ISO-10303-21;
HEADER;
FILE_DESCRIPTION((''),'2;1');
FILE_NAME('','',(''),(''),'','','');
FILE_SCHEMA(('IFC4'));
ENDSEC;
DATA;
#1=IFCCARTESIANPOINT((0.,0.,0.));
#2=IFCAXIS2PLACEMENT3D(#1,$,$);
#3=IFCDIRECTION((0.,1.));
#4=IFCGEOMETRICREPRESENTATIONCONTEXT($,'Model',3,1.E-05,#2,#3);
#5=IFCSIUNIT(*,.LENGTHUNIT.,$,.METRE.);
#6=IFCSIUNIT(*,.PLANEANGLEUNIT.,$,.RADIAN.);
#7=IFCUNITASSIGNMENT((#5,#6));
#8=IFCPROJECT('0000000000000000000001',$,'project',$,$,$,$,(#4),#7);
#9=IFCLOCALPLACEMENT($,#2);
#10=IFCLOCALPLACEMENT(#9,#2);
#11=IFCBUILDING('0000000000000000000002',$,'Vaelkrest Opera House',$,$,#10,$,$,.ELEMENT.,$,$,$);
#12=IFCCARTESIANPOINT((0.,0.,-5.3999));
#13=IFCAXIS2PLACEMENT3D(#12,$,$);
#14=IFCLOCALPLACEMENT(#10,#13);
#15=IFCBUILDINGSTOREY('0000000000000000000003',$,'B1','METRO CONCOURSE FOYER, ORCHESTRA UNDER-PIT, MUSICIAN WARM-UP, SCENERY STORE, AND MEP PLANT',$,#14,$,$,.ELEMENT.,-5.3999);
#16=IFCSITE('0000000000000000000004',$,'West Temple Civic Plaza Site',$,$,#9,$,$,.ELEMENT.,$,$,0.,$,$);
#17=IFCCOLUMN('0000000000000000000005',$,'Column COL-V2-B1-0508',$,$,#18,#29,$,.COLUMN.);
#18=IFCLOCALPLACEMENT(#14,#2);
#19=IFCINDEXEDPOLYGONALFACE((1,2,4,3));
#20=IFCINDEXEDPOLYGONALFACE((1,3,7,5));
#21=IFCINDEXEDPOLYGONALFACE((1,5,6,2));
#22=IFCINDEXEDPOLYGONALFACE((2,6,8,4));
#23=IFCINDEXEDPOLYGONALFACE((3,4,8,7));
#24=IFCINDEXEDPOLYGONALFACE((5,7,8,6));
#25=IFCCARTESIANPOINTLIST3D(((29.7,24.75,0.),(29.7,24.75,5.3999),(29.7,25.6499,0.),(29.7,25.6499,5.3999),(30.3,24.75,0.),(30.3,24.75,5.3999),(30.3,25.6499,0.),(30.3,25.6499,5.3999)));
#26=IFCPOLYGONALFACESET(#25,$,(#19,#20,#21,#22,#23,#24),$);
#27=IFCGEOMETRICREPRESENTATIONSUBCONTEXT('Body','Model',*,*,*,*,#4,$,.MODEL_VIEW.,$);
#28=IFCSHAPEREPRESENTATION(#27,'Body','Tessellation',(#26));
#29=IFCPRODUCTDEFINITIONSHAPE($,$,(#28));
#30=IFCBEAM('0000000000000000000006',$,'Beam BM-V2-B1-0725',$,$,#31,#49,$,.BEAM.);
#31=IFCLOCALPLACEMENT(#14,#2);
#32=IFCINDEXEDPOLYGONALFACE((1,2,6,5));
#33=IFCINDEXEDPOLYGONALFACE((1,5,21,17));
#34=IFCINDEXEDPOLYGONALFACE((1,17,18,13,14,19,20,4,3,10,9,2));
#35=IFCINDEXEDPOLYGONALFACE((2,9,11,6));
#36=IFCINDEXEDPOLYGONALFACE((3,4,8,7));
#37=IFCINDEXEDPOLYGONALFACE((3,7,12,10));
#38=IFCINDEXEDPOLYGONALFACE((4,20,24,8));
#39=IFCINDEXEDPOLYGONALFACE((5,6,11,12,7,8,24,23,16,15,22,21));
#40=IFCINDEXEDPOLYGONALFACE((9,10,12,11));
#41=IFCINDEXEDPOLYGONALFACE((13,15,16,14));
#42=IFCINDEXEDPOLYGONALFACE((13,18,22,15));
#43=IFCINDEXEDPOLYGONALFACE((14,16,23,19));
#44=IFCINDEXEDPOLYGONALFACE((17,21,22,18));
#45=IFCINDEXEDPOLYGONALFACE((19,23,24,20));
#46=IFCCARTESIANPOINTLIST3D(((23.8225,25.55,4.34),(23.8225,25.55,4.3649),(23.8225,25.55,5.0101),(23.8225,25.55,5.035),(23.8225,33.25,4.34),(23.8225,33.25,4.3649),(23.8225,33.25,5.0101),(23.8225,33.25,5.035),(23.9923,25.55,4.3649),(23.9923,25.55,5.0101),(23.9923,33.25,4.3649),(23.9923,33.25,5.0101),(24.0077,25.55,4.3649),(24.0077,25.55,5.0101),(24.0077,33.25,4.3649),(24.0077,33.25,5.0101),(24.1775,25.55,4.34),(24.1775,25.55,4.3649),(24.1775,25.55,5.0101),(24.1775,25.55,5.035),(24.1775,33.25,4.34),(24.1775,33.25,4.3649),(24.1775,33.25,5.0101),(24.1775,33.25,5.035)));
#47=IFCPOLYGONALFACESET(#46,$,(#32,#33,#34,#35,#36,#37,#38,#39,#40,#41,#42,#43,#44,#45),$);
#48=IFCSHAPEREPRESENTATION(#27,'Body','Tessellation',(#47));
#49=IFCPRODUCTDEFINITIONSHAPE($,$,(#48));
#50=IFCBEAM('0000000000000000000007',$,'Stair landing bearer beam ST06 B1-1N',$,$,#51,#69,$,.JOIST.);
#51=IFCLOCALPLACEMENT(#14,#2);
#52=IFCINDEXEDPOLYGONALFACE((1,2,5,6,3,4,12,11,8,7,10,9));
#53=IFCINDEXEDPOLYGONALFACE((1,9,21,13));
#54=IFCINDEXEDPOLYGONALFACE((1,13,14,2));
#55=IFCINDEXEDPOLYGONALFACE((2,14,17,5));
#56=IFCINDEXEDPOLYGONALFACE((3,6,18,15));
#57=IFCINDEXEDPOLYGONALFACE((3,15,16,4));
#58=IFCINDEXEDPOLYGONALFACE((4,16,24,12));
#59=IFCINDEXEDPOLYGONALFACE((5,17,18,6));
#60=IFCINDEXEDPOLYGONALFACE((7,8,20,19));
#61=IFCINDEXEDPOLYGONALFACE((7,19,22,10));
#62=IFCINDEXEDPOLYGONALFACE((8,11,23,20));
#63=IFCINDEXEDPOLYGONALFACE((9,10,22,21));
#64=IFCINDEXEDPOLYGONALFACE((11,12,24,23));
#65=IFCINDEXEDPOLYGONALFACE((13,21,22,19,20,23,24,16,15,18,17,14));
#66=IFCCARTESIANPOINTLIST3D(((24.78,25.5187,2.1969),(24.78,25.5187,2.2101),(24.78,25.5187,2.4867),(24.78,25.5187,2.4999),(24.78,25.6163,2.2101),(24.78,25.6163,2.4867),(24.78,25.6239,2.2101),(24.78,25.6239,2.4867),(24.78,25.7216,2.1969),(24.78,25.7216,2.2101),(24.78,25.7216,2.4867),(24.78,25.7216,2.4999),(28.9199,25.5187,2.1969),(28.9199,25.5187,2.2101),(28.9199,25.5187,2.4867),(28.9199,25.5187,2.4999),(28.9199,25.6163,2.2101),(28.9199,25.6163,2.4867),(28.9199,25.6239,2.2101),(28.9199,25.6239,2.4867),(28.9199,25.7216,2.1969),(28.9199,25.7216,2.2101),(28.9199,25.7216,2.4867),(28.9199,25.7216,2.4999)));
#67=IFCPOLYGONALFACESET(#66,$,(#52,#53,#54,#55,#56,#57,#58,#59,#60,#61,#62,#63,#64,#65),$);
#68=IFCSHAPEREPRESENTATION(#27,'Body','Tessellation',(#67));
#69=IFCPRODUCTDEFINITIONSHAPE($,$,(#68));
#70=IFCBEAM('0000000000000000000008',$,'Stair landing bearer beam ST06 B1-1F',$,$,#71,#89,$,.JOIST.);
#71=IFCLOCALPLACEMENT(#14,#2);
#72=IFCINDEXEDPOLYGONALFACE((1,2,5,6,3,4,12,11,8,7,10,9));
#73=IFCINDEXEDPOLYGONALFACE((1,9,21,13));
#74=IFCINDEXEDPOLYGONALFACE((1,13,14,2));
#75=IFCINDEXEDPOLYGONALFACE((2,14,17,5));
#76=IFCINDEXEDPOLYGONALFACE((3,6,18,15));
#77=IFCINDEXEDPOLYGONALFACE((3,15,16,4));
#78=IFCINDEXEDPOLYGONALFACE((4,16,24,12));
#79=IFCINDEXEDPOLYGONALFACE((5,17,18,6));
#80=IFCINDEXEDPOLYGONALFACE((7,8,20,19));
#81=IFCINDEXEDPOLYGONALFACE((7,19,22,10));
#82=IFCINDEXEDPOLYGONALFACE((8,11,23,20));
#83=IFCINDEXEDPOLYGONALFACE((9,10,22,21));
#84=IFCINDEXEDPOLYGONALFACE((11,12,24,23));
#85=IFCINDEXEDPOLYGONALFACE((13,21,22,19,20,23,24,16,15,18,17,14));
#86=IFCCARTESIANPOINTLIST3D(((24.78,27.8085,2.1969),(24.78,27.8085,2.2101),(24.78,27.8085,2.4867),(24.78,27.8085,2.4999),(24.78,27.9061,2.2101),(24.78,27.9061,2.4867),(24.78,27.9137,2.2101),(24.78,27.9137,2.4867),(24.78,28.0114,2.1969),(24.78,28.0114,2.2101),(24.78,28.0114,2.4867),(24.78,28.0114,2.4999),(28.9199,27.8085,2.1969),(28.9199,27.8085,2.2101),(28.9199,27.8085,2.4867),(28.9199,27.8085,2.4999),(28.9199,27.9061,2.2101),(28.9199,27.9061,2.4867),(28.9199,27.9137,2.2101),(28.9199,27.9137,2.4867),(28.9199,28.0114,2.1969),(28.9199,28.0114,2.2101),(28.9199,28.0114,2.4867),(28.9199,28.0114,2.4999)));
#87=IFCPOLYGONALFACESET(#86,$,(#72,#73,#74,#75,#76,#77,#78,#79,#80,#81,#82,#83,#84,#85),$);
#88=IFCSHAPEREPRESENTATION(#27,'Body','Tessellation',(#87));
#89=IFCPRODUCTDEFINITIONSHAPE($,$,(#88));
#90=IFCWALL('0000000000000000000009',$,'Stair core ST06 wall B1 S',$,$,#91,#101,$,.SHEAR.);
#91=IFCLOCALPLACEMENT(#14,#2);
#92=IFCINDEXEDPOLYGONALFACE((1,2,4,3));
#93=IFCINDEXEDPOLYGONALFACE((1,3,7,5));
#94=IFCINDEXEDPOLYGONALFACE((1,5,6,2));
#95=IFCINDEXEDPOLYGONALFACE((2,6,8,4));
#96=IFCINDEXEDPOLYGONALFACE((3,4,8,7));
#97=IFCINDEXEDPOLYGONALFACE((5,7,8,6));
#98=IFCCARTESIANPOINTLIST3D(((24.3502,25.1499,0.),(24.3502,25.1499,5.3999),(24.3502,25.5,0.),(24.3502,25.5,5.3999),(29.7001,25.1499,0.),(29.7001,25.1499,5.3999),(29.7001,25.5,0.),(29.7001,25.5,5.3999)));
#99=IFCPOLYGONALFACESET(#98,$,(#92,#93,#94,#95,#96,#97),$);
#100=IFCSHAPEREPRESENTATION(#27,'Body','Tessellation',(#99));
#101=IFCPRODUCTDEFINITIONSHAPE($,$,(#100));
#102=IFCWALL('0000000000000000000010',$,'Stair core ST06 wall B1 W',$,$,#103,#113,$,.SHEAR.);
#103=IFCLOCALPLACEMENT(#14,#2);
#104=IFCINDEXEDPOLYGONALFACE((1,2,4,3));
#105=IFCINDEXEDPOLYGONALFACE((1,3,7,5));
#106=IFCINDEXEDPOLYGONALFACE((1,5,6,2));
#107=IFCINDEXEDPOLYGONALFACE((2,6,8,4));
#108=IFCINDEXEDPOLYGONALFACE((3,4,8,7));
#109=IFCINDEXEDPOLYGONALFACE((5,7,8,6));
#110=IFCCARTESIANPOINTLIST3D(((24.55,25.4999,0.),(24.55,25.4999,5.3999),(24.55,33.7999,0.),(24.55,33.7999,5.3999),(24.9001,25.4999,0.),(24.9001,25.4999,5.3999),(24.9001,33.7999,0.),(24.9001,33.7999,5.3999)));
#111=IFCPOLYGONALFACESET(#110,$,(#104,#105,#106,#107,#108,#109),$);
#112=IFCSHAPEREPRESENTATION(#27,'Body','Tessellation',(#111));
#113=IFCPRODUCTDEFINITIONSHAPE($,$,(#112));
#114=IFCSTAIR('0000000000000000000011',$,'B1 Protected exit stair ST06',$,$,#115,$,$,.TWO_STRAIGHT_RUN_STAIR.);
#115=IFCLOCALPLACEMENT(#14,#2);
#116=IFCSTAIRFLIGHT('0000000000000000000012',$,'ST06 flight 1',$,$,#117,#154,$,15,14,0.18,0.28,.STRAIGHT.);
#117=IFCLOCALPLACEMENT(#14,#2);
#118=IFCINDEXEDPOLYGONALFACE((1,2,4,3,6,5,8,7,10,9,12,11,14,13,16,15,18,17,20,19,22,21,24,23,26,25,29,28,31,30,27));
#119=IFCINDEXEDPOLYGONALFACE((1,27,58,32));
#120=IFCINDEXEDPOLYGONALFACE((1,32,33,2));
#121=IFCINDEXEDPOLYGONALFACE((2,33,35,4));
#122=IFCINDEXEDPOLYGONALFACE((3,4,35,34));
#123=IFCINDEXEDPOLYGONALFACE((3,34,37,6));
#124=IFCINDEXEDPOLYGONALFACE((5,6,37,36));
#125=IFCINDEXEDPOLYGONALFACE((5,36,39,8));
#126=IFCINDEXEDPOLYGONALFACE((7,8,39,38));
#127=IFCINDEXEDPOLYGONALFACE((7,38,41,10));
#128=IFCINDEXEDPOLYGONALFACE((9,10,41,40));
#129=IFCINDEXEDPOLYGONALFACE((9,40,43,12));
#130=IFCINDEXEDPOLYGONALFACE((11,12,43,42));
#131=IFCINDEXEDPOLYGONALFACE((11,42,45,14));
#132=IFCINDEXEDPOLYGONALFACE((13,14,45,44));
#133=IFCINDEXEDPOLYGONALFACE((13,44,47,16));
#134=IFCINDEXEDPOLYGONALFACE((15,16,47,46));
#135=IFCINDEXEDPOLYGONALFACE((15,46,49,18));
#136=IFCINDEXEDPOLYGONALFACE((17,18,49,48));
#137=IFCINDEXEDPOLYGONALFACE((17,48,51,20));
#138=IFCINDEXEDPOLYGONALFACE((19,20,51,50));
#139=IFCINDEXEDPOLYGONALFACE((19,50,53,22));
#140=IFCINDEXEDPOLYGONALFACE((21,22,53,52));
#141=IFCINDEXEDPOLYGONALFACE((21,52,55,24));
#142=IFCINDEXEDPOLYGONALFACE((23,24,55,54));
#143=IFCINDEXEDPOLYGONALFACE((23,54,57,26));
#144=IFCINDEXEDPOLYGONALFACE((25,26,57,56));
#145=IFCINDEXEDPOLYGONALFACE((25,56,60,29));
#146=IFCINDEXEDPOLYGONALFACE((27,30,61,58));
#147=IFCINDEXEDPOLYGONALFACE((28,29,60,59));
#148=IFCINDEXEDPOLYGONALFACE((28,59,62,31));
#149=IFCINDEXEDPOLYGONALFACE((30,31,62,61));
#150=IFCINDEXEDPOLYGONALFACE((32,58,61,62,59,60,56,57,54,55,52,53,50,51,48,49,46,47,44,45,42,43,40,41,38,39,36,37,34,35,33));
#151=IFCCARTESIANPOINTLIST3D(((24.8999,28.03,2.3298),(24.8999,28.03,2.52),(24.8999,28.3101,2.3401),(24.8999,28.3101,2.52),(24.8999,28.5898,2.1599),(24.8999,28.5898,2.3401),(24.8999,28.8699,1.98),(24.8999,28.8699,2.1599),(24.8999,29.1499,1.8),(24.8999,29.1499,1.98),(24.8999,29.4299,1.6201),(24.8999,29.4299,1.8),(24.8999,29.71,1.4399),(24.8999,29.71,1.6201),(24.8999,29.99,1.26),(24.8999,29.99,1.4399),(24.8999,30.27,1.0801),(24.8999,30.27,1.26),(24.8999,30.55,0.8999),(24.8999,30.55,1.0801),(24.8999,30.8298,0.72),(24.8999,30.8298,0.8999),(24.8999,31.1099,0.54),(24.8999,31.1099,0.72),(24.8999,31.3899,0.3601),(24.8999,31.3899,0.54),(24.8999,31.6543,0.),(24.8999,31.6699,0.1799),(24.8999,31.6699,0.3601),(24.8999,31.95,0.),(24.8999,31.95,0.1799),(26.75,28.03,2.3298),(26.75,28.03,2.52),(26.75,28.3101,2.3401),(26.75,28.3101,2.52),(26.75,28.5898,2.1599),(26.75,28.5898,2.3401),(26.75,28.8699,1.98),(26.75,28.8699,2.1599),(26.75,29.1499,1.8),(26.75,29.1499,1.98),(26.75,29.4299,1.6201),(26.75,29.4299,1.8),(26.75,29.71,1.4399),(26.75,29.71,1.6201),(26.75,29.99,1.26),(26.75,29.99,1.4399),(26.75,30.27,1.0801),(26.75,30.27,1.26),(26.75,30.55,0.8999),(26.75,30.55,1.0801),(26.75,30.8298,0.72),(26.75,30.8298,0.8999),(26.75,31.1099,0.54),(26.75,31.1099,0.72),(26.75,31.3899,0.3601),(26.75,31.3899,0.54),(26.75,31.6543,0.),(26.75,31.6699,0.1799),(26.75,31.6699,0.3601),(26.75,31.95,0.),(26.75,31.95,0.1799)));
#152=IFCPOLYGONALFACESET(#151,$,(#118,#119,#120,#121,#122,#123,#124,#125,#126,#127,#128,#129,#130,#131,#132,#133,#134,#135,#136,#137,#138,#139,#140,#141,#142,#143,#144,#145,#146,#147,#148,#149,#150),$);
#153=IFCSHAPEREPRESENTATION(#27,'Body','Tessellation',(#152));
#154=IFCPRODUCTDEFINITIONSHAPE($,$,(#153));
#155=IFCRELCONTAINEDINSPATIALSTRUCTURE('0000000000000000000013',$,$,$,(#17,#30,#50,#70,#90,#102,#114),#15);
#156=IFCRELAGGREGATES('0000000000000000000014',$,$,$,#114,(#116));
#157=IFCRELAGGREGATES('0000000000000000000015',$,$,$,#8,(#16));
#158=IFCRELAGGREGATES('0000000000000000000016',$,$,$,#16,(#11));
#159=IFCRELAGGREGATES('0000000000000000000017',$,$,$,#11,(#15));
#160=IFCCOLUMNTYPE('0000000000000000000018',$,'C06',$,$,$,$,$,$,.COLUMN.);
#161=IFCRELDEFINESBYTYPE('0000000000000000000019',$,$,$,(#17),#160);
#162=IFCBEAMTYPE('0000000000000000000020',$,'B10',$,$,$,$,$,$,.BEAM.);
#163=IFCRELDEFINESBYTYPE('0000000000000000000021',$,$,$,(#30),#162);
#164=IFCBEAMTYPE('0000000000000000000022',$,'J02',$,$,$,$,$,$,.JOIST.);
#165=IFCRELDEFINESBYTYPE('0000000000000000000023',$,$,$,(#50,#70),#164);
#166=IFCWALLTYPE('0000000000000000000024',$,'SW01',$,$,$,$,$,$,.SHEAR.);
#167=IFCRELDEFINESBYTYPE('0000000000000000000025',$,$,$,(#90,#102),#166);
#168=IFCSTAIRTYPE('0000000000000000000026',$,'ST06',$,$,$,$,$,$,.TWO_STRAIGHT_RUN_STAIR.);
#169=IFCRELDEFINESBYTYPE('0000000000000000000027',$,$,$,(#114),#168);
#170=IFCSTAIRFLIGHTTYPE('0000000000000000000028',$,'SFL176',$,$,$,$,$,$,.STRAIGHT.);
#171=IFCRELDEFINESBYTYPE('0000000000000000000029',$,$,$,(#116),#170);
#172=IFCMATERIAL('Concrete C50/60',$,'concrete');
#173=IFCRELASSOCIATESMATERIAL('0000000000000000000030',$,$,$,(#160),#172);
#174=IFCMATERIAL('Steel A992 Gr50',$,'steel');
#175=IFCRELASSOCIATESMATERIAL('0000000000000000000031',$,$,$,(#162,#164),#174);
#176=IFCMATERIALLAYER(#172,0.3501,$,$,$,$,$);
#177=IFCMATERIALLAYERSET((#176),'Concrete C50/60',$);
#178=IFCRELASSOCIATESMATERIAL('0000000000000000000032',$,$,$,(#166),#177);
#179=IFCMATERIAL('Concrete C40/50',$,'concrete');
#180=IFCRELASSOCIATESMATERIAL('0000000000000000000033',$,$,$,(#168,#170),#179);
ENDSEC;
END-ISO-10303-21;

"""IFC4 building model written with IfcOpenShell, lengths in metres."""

from ifc_helpers import new_model, si_unit, direction, frame, frame_2d, origin, origin_2d, place, context, subcontext, project, spatial, polyline, rectangle, i_section, outline, extrude, material, layer, layer_set, material_profile, profile_set, type_object, element, aggregate, save


model = new_model("IFC4")

# Units and contexts
model_context = context("Model", 3, precision=1e-05, world=origin(), true_north=direction((0.0, 1.0)))
body_context = subcontext(model_context, "Body", "Model", "MODEL_VIEW")
ifc_project = project(units=[si_unit("LENGTHUNIT", "METRE"), si_unit("PLANEANGLEUNIT", "RADIAN")], contexts=[model_context])

# Site, building, storey
site_placement = place(None, origin())
site = spatial("IfcSite", under=ifc_project, at=site_placement, Name="West Temple Civic Plaza Site", CompositionType="ELEMENT", RefElevation=0.0)
building_placement = place(site_placement, origin())
building = spatial("IfcBuilding", under=site, at=building_placement, Name="Vaelkrest Opera House", CompositionType="ELEMENT")
storey_placement = place(building_placement, frame((0.0, 0.0, -5.3999)))
storey = spatial("IfcBuildingStorey", under=building, at=storey_placement, Name="B1", Description="METRO CONCOURSE FOYER, ORCHESTRA UNDER-PIT, MUSICIAN WARM-UP, SCENERY STORE, AND MEP PLANT", CompositionType="ELEMENT", Elevation=-5.3999)

# Shared definitions
ifc_material_1 = material(Name="Concrete C40/50", Category="concrete")

# Column
ifc_material_2 = material(Name="Concrete C50/60", Category="concrete")
ifc_material_profile_1 = material_profile(ifc_material_2, rectangle(XDim=0.6001, YDim=0.8999, at=origin_2d()), Name="RC600X900")
ifc_profile_set_1 = profile_set([ifc_material_profile_1], Name="Concrete C50/60")
column_type_1 = type_object("IfcColumnType", Name="C06", PredefinedType="COLUMN", material=ifc_profile_set_1)
column_1_placement = place(storey_placement, frame((30.0, 25.2, 0.0), z_axis=(0.0, 0.0, 1.0), x_axis=(1.0, 0.0, 0.0)))
element("IfcColumn", 1, at=column_1_placement, inside=storey, type_object=column_type_1, Name="Column COL-V2-B1-0508", PredefinedType="COLUMN", context=body_context, shape_type="SweptSolid", body=[
    extrude(rectangle(XDim=0.6001, YDim=0.8999, at=origin_2d()), origin(), (0.0, 0.0, 1.0), 5.3999),
])

# Beams
ifc_material_3 = material(Name="Steel A992 Gr50", Category="steel")
ifc_material_profile_2 = material_profile(ifc_material_3, i_section(OverallWidth=0.355, OverallDepth=0.6951, WebThickness=0.0154, FlangeThickness=0.0249, at=origin_2d()), Name="W27X146")
ifc_profile_set_2 = profile_set([ifc_material_profile_2], Name="Steel A992 Gr50")
beam_type_1 = type_object("IfcBeamType", Name="B10", PredefinedType="BEAM", material=ifc_profile_set_2)
beam_placement = place(storey_placement, frame((24.0, 25.55, 4.6875), z_axis=(0.0, 1.0, 0.0), x_axis=(-1.0, 0.0, 0.0)))
element("IfcBeam", 2, at=beam_placement, inside=storey, type_object=beam_type_1, Name="Beam BM-V2-B1-0725", PredefinedType="BEAM", context=body_context, shape_type="SweptSolid", body=[
    extrude(i_section(OverallWidth=0.355, OverallDepth=0.6951, WebThickness=0.0154, FlangeThickness=0.0249, at=origin_2d()), origin(), (0.0, 0.0, 1.0), 7.7),
])
ifc_material_profile_3 = material_profile(ifc_material_3, i_section(OverallWidth=0.2029, OverallDepth=0.303, WebThickness=0.0076, FlangeThickness=0.0132, at=origin_2d()), Name="W12X40")
ifc_profile_set_3 = profile_set([ifc_material_profile_3], Name="Steel A992 Gr50")
beam_type_2 = type_object("IfcBeamType", Name="J02", PredefinedType="JOIST", material=ifc_profile_set_3)
for number, where, z_axis, x_axis, name in (
    (3, (24.78, 25.6201, 2.3484), (1.0, 0.0, 0.0), (0.0, 1.0, 0.0), "Stair landing bearer beam ST06 B1-1N"),
    (4, (24.78, 27.9099, 2.3484), (1.0, 0.0, 0.0), (0.0, 1.0, 0.0), "Stair landing bearer beam ST06 B1-1F"),
):
    element("IfcBeam", number, at=place(storey_placement, frame(where, z_axis=z_axis, x_axis=x_axis)), inside=storey, type_object=beam_type_2, Name=name, PredefinedType="JOIST", context=body_context, shape_type="SweptSolid", body=[
        extrude(i_section(OverallWidth=0.2029, OverallDepth=0.303, WebThickness=0.0076, FlangeThickness=0.0132, at=origin_2d()), origin(), (0.0, 0.0, 1.0), 4.1399),
    ])

# Walls
ifc_layer = layer(ifc_material_2, 0.3501)
ifc_layer_set = layer_set([ifc_layer], Name="Concrete C50/60")
wall_type = type_object("IfcWallType", Name="SW01", PredefinedType="SHEAR", material=ifc_layer_set)
wall_1_placement = place(storey_placement, frame((29.7, 25.325, 0.0), z_axis=(0.0, 0.0, 1.0), x_axis=(-1.0, 0.0, 0.0)))
element("IfcWall", 5, at=wall_1_placement, inside=storey, type_object=wall_type, Name="Stair core ST06 wall B1 S", PredefinedType="SHEAR", context=body_context, shape_type="SweptSolid", body=[
    extrude(rectangle(XDim=5.3499, YDim=0.3501, at=frame_2d((2.6748, 0.0))), origin(), (0.0, 0.0, 1.0), 5.3999),
])
wall_2_placement = place(storey_placement, frame((24.7251, 25.5, 0.0), z_axis=(0.0, 0.0, 1.0), x_axis=(0.0, 1.0, 0.0)))
element("IfcWall", 6, at=wall_2_placement, inside=storey, type_object=wall_type, Name="Stair core ST06 wall B1 W", PredefinedType="SHEAR", context=body_context, shape_type="SweptSolid", body=[
    extrude(rectangle(XDim=8.3, YDim=0.3501, at=frame_2d((4.1499, 0.0))), origin(), (0.0, 0.0, 1.0), 5.3999),
])

# Stair, stair flight
stair_type = type_object("IfcStairType", Name="ST06", PredefinedType="TWO_STRAIGHT_RUN_STAIR", material=ifc_material_1)
stair_placement = place(storey_placement, origin())
stair = element("IfcStair", 7, at=stair_placement, inside=storey, type_object=stair_type, Name="B1 Protected exit stair ST06", PredefinedType="TWO_STRAIGHT_RUN_STAIR")
stair_flight_type = type_object("IfcStairFlightType", Name="SFL176", PredefinedType="STRAIGHT", material=ifc_material_1)
stair_flight_1_placement = place(storey_placement, frame((25.825, 31.95, 0.0), z_axis=(0.0, 0.0, 1.0), x_axis=(0.0, -1.0, 0.0)))
stair_flight_1 = element("IfcStairFlight", 8, at=stair_flight_1_placement, type_object=stair_flight_type, Name="ST06 flight 1", NumberOfRisers=15, NumberOfTreads=14, PredefinedType="STRAIGHT", RiserHeight=0.18, TreadLength=0.28, context=body_context, shape_type="SweptSolid", body=[
    extrude(outline(polyline([(0.0, 0.0), (0.0, 0.1799), (0.28, 0.1799), (0.28, 0.3601), (0.5601, 0.3601), (0.5601, 0.54), (0.8401, 0.54), (0.8401, 0.72), (1.1201, 0.72), (1.1201, 0.8999), (1.3999, 0.8999), (1.3999, 1.0801), (1.6799, 1.0801), (1.6799, 1.26), (1.96, 1.26), (1.96, 1.4399), (2.24, 1.4399), (2.24, 1.6201), (2.52, 1.6201), (2.52, 1.8), (2.8, 1.8), (2.8, 1.98), (3.0801, 1.98), (3.0801, 2.1599), (3.3601, 2.1599), (3.3601, 2.3401), (3.6399, 2.3401), (3.6399, 2.52), (3.9199, 2.52), (3.9199, 2.7), (3.9199, 2.3298), (0.2957, 0.0), (0.0, 0.0)])), frame((0.0, 0.925, 0.0), z_axis=(0.0, -1.0, 0.0), x_axis=(1.0, 0.0, 0.0)), (0.0, 0.0, 1.0), 1.8501),
])
aggregate(stair, [stair_flight_1])

save(model, "model.ifc")
